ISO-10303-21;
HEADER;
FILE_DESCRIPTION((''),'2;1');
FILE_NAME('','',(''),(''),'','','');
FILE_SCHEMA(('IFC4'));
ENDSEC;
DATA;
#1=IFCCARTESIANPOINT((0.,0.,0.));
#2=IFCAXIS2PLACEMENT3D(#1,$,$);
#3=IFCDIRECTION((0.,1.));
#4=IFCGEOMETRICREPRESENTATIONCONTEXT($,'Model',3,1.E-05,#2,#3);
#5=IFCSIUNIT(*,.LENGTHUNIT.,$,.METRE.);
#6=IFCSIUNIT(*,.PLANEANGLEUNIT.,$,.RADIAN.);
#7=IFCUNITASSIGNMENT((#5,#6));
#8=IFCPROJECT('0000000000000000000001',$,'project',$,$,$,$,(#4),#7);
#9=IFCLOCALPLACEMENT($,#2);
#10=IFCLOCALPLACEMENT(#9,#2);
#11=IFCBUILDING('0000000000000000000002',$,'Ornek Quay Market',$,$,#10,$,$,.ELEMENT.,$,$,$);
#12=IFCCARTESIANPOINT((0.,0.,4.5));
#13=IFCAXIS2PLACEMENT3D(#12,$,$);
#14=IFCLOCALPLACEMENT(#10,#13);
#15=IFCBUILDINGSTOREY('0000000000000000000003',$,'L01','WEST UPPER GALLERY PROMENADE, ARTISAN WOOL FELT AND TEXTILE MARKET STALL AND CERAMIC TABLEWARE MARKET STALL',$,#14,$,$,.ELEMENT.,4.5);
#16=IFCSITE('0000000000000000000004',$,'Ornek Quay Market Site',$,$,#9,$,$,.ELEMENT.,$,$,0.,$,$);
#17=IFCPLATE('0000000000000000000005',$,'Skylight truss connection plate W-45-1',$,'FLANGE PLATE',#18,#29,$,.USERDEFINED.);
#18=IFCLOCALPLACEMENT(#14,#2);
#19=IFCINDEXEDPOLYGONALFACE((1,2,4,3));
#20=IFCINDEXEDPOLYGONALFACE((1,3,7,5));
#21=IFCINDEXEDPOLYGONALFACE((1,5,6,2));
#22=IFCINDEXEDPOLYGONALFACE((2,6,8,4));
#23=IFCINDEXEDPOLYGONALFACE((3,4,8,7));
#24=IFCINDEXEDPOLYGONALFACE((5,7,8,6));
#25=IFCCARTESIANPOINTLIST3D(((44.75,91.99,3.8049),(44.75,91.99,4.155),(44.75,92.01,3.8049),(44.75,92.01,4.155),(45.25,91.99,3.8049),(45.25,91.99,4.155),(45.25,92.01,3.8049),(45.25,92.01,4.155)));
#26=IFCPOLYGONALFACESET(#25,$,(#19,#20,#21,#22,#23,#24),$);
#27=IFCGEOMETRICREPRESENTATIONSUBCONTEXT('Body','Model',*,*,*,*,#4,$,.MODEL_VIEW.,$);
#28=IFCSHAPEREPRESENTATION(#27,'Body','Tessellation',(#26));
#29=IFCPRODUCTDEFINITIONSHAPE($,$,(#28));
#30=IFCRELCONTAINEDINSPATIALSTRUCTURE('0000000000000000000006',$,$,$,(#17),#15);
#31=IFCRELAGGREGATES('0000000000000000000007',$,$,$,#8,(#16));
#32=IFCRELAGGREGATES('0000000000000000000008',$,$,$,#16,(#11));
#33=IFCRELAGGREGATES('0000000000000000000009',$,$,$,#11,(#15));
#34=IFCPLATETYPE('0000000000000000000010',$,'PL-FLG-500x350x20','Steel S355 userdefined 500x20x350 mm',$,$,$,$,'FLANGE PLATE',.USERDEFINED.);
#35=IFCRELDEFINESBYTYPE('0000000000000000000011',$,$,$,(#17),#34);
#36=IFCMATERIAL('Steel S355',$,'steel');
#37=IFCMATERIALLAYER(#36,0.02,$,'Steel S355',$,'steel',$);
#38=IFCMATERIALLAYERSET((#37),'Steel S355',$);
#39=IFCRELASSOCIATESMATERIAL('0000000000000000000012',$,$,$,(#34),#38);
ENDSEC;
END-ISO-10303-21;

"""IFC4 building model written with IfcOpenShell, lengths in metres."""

from ifc_helpers import new_model, si_unit, direction, frame, origin, origin_2d, place, context, subcontext, project, spatial, rectangle, extrude, material, layer, layer_set, type_object, element, save


model = new_model("IFC4")

# Units and contexts
model_context = context("Model", 3, precision=1e-05, world=origin(), true_north=direction((0.0, 1.0)))
body_context = subcontext(model_context, "Body", "Model", "MODEL_VIEW")
ifc_project = project(units=[si_unit("LENGTHUNIT", "METRE"), si_unit("PLANEANGLEUNIT", "RADIAN")], contexts=[model_context])

# Site, building, storey
site_placement = place(None, origin())
site = spatial("IfcSite", under=ifc_project, at=site_placement, Name="Ornek Quay Market Site", CompositionType="ELEMENT", RefElevation=0.0)
building_placement = place(site_placement, origin())
building = spatial("IfcBuilding", under=site, at=building_placement, Name="Ornek Quay Market", CompositionType="ELEMENT")
storey_placement = place(building_placement, frame((0.0, 0.0, 4.5)))
storey = spatial("IfcBuildingStorey", under=building, at=storey_placement, Name="L01", Description="WEST UPPER GALLERY PROMENADE, ARTISAN WOOL FELT AND TEXTILE MARKET STALL AND CERAMIC TABLEWARE MARKET STALL", CompositionType="ELEMENT", Elevation=4.5)

# Shared definitions
ifc_material_1 = material(Name="Steel S355", Category="steel")

# Plate
ifc_layer_1 = layer(ifc_material_1, 0.02, Name="Steel S355", Category="steel")
ifc_layer_set_1 = layer_set([ifc_layer_1], Name="Steel S355")
plate_type_1 = type_object("IfcPlateType", Name="PL-FLG-500x350x20", Description="Steel S355 userdefined 500x20x350 mm", ElementType="FLANGE PLATE", PredefinedType="USERDEFINED", material=ifc_layer_set_1)
plate_1_placement = place(storey_placement, frame((45.0, 92.0, 3.8049), z_axis=(0.0, 0.0, 1.0), x_axis=(1.0, 0.0, 0.0)))
element("IfcPlate", 1, at=plate_1_placement, inside=storey, type_object=plate_type_1, Name="Skylight truss connection plate W-45-1", ObjectType="FLANGE PLATE", PredefinedType="USERDEFINED", context=body_context, shape_type="SweptSolid", body=[
    extrude(rectangle(XDim=0.5, YDim=0.02, at=origin_2d()), origin(), (0.0, 0.0, 1.0), 0.3501),
])

save(model, "model.ifc")
